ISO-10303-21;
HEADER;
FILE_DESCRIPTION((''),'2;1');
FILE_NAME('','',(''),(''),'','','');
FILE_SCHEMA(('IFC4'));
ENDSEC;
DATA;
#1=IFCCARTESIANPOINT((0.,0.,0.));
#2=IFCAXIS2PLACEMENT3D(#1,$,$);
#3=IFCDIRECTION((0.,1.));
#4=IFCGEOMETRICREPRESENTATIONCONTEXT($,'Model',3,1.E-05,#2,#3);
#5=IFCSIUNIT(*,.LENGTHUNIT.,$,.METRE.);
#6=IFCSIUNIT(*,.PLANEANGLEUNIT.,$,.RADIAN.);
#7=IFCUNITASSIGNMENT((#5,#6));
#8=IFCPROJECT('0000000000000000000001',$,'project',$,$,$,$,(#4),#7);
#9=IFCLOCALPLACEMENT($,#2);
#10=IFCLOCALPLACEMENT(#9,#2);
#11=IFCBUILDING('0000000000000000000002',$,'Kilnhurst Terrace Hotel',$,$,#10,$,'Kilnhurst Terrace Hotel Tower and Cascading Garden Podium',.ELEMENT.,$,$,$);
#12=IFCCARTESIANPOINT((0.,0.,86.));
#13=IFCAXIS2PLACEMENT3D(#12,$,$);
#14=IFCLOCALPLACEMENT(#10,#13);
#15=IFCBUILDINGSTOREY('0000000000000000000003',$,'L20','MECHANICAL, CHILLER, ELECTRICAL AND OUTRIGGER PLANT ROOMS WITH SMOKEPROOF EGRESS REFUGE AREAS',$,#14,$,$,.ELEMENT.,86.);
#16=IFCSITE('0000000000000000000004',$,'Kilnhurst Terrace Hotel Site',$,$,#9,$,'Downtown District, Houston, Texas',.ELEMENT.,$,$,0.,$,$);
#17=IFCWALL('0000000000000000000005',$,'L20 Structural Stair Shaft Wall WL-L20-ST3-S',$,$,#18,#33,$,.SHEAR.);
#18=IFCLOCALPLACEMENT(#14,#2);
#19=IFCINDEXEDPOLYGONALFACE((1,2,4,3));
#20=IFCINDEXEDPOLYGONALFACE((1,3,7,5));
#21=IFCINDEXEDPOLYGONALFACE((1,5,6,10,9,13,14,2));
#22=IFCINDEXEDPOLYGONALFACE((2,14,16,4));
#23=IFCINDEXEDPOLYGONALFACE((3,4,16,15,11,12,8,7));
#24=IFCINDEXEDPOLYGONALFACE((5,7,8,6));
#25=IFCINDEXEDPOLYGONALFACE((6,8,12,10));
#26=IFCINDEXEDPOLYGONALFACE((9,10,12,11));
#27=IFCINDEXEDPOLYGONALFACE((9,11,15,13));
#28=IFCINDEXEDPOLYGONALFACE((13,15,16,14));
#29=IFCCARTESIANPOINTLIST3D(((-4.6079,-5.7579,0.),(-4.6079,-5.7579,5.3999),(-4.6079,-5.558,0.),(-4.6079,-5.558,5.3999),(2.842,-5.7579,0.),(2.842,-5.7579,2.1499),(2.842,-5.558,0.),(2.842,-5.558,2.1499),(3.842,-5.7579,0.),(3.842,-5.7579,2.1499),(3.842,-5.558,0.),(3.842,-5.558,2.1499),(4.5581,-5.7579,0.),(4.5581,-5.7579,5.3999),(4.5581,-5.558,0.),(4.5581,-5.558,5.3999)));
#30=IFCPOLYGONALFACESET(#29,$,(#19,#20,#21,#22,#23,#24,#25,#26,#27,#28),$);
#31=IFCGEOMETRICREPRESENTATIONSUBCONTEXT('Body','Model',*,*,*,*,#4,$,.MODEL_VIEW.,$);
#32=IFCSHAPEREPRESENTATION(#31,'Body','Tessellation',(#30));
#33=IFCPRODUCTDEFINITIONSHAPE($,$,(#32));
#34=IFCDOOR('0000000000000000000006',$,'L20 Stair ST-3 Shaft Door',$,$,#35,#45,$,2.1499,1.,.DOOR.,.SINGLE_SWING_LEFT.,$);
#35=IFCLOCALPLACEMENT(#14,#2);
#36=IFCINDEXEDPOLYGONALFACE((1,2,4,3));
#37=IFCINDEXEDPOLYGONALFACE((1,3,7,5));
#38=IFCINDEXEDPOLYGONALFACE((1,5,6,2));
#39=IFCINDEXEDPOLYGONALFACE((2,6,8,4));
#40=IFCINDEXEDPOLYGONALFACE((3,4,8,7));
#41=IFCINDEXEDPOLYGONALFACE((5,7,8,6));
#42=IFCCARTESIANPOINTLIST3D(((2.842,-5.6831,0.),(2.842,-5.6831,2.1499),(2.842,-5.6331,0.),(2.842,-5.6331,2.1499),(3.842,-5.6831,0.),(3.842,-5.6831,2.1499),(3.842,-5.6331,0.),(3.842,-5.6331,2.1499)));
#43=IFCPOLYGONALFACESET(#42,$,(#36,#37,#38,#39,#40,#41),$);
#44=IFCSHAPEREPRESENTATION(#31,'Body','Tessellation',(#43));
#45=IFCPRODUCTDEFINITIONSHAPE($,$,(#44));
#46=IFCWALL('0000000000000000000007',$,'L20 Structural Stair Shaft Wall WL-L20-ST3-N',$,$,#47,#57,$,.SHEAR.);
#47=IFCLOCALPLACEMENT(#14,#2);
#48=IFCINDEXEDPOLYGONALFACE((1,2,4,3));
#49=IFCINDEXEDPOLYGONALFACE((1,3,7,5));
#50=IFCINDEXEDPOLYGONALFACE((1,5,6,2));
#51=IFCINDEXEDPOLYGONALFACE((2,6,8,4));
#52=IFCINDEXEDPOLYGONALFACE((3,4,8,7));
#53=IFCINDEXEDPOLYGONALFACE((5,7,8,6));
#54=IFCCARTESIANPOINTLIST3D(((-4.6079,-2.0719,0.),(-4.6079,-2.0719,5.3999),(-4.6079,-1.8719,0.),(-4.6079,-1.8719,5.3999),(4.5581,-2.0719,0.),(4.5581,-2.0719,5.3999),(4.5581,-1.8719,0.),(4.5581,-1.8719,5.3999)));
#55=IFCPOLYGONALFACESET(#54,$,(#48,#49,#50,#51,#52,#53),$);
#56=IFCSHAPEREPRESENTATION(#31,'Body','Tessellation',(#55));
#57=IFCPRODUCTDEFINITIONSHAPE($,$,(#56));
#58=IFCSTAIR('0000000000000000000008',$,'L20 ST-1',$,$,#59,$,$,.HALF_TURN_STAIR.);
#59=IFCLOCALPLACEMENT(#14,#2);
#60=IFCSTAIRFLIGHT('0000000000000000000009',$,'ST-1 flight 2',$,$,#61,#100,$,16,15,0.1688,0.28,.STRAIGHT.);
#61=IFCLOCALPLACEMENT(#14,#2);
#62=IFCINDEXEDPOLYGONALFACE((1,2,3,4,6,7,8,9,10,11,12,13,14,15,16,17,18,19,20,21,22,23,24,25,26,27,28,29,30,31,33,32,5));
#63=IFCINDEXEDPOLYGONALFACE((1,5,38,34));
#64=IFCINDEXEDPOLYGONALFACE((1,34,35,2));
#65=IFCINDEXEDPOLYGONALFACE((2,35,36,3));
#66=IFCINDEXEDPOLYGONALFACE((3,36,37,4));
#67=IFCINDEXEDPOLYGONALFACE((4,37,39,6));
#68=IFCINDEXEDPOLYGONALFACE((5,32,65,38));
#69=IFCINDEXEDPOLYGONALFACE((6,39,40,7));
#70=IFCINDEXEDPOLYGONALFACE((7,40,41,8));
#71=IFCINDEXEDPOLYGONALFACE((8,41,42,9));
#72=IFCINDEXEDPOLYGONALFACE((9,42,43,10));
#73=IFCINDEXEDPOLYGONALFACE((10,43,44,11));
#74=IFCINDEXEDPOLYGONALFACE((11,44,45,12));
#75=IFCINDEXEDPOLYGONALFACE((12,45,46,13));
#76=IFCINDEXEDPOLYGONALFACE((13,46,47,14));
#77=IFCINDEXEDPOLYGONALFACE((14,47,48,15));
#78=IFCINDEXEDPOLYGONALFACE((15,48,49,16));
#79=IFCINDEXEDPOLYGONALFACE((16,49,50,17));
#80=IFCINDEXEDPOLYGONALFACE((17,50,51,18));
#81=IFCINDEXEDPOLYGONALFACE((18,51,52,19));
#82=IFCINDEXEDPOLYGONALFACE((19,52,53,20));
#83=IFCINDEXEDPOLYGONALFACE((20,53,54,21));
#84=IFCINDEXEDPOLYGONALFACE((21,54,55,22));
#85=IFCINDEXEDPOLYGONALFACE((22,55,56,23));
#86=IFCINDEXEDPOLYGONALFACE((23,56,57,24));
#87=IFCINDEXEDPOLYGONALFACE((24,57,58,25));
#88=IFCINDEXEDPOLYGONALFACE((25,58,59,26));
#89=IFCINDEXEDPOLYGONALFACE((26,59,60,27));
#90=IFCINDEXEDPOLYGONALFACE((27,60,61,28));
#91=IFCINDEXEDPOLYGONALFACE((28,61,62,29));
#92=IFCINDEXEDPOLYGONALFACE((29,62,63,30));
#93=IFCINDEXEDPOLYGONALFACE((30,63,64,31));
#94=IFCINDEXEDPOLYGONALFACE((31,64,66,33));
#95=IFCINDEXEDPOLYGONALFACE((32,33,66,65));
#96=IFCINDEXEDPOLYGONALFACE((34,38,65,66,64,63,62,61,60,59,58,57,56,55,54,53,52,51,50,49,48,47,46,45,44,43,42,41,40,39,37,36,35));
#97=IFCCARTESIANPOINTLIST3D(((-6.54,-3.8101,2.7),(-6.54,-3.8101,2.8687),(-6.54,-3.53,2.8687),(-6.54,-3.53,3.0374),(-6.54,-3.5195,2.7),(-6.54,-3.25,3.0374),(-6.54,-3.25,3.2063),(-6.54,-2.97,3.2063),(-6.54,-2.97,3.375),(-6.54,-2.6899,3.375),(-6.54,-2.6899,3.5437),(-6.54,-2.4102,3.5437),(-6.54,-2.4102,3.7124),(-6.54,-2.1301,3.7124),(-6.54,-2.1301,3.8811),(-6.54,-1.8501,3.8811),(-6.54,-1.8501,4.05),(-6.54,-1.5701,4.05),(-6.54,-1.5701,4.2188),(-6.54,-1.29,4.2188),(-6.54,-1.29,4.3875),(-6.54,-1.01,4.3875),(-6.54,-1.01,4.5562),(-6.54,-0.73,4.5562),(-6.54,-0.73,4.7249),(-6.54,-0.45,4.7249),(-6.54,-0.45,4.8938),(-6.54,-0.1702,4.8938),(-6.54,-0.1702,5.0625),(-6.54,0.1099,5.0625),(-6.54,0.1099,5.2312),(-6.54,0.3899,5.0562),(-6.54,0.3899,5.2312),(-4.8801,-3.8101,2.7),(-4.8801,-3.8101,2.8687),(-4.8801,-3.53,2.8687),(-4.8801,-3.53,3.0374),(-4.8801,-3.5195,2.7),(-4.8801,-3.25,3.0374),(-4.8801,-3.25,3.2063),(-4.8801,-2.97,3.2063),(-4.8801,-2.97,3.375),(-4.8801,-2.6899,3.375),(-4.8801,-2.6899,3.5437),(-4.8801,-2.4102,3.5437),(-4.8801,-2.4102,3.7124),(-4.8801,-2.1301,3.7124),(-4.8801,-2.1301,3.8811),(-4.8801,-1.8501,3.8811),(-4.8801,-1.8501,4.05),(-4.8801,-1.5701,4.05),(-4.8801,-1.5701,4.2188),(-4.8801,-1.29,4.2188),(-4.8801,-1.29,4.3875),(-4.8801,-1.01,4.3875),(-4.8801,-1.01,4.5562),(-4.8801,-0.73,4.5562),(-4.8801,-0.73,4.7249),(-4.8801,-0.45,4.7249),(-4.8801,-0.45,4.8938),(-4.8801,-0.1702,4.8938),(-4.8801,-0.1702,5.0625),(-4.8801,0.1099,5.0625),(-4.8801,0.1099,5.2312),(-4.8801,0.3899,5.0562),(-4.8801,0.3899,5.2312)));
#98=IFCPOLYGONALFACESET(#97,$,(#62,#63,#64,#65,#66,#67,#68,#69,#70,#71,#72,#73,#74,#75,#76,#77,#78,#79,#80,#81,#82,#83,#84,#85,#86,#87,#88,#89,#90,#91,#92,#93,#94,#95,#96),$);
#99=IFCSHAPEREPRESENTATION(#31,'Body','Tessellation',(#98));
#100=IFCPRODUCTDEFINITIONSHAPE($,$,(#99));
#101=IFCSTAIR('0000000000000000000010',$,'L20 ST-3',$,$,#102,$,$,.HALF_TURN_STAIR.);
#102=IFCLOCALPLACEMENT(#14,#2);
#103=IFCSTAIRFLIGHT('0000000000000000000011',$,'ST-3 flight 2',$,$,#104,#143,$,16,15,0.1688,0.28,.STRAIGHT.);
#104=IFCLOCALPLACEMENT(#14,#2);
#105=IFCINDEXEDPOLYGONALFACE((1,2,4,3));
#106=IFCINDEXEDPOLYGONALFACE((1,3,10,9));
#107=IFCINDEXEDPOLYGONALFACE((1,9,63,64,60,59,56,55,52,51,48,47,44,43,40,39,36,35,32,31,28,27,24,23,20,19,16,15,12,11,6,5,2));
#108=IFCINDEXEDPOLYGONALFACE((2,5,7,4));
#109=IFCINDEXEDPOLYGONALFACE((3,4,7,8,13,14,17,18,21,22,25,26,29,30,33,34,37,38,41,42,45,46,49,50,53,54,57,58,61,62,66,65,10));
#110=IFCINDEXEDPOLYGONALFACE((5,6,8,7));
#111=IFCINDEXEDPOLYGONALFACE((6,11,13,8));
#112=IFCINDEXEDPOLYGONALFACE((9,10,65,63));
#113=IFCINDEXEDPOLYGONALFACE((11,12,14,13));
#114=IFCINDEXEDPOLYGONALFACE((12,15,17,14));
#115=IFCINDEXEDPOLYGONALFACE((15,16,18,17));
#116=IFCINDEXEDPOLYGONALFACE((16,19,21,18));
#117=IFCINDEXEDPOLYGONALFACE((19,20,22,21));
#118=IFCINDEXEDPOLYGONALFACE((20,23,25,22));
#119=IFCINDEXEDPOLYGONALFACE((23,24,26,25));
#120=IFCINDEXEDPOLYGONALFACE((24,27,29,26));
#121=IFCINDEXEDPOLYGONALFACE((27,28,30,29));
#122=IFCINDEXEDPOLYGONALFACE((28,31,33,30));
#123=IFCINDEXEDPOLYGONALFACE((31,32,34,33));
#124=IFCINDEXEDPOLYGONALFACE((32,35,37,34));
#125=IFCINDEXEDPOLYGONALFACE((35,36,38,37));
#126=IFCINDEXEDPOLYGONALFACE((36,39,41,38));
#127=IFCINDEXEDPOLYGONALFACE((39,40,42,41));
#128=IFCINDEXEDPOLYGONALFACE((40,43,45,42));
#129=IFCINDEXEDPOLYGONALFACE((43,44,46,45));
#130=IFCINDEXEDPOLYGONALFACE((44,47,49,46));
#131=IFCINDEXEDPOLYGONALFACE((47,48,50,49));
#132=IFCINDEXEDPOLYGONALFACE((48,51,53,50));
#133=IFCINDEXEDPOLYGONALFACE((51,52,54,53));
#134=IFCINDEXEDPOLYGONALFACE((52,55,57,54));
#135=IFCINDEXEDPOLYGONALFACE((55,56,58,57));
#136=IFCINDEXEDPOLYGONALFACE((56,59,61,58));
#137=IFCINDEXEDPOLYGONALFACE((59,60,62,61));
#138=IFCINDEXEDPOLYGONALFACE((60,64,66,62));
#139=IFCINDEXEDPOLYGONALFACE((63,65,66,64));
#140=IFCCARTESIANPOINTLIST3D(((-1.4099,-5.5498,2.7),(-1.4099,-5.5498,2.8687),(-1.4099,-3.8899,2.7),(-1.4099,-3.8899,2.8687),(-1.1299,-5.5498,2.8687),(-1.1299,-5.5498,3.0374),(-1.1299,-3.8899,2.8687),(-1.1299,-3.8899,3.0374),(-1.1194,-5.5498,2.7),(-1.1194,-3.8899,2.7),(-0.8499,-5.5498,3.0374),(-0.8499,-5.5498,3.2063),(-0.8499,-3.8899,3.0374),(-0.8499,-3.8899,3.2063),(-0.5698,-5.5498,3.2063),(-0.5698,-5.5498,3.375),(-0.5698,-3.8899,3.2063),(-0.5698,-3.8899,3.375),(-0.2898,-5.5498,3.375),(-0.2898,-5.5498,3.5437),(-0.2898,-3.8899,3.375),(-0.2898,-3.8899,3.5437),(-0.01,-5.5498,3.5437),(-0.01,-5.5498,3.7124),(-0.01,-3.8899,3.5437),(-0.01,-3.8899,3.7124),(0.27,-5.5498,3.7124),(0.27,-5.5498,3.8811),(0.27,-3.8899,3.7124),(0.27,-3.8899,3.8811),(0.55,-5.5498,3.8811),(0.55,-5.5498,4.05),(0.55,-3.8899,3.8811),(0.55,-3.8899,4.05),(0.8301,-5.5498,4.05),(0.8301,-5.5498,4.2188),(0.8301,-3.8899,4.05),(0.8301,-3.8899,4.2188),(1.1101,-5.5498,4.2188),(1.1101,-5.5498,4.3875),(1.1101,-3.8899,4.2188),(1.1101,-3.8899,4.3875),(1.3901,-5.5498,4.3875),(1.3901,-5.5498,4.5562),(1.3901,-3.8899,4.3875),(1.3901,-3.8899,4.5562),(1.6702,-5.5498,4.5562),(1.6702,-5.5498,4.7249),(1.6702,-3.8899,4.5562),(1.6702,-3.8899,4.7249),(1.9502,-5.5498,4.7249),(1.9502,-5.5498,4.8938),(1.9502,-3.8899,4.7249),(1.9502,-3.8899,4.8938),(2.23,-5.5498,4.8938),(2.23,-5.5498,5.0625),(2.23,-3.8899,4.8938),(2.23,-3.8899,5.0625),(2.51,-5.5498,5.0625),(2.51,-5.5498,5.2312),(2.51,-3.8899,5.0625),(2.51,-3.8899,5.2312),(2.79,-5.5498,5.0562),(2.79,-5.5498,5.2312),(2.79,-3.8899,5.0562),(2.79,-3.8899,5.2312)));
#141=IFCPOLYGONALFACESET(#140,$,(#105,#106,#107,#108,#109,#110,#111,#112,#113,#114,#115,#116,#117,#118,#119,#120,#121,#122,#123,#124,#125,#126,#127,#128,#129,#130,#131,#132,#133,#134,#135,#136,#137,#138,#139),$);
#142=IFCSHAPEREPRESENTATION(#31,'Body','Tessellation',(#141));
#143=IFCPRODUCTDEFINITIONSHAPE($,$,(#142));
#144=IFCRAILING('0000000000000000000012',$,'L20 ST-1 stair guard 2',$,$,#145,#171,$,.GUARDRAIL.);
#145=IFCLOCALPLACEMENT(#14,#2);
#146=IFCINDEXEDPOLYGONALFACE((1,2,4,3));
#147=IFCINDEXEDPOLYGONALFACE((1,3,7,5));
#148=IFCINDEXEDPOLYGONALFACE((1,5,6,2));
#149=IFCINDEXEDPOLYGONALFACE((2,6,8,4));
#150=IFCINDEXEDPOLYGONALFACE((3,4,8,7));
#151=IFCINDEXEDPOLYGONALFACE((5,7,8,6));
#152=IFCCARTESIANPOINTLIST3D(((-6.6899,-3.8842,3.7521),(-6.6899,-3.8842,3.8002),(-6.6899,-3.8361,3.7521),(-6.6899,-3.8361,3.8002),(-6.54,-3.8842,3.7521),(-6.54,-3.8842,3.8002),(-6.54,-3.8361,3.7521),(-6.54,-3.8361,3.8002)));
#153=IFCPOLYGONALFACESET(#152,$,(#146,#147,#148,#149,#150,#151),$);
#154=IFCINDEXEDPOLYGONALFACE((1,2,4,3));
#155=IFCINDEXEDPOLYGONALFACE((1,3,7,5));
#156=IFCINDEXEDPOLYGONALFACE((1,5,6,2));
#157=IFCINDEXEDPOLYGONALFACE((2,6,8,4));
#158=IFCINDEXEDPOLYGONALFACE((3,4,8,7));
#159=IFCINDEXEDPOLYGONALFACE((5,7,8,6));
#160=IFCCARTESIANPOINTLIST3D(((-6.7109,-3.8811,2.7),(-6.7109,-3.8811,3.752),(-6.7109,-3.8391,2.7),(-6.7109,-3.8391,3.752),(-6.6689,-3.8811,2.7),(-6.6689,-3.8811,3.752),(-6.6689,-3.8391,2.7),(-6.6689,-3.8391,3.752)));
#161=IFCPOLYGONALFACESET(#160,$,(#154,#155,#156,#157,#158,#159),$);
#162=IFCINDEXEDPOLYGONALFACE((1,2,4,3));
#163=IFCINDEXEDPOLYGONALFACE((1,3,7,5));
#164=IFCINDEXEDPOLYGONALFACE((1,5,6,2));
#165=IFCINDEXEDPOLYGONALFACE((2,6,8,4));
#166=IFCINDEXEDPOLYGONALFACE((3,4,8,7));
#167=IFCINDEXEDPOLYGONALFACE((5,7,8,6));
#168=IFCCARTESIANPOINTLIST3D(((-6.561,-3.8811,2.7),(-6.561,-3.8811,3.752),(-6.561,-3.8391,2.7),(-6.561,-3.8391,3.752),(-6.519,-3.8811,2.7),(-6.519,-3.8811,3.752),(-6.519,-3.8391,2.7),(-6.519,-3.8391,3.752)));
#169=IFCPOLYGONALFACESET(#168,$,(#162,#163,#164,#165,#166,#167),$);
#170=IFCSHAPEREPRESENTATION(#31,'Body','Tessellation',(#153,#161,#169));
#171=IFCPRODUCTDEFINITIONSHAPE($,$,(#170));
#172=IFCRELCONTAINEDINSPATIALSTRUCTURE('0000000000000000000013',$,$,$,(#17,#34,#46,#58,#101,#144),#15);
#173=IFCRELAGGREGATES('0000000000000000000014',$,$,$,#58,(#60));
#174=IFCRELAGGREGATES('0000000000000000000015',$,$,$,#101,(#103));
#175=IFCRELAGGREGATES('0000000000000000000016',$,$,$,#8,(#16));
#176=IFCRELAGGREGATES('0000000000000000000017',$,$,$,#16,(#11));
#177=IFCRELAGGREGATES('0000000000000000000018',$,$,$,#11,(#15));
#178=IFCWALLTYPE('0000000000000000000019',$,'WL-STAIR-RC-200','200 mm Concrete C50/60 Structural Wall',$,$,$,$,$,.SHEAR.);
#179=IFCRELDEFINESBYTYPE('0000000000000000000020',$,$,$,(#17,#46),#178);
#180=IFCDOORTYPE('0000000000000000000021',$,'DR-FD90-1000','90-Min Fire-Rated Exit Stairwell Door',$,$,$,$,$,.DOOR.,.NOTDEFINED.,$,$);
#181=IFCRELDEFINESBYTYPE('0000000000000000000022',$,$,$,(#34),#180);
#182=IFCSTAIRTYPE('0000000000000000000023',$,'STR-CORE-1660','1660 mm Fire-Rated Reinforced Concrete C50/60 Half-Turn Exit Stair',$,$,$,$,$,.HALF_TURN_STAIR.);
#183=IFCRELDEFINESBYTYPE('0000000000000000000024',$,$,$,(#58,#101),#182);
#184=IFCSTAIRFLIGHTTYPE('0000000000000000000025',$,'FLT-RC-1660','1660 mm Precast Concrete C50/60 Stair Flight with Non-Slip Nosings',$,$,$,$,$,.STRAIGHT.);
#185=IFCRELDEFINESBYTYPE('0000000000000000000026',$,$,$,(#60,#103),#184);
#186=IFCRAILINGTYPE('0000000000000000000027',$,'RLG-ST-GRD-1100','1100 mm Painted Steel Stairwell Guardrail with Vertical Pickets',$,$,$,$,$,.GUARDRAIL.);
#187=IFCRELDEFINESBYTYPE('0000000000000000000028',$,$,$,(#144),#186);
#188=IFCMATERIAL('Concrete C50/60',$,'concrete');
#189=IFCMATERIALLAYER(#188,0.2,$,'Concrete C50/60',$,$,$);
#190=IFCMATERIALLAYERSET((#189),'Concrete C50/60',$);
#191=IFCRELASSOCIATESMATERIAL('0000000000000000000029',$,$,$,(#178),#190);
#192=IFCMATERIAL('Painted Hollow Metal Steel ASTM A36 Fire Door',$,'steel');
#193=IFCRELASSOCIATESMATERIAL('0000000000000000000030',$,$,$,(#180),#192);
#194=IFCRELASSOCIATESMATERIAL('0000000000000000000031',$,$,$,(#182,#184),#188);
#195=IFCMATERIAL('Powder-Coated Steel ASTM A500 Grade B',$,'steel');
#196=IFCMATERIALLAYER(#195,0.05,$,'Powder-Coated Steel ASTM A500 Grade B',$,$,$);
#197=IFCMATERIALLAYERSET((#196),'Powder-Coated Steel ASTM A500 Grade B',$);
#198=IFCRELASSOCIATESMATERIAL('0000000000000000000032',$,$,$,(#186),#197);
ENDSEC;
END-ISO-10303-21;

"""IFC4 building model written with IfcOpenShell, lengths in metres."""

from ifc_helpers import new_model, si_unit, direction, frame, frame_2d, origin, origin_2d, place, context, subcontext, project, spatial, polyline, rectangle, outline, extrude, material, layer, layer_set, type_object, element, fill, aggregate, save


model = new_model("IFC4")

# Units and contexts
model_context = context("Model", 3, precision=1e-05, world=origin(), true_north=direction((0.0, 1.0)))
body_context = subcontext(model_context, "Body", "Model", "MODEL_VIEW")
ifc_project = project(units=[si_unit("LENGTHUNIT", "METRE"), si_unit("PLANEANGLEUNIT", "RADIAN")], contexts=[model_context])

# Site, building, storey
site_placement = place(None, origin())
site = spatial("IfcSite", under=ifc_project, at=site_placement, Name="Kilnhurst Terrace Hotel Site", LongName="Downtown District, Houston, Texas", CompositionType="ELEMENT", RefElevation=0.0)
building_placement = place(site_placement, origin())
building = spatial("IfcBuilding", under=site, at=building_placement, Name="Kilnhurst Terrace Hotel", LongName="Kilnhurst Terrace Hotel Tower and Cascading Garden Podium", CompositionType="ELEMENT")
storey_placement = place(building_placement, frame((0.0, 0.0, 86.0)))
storey = spatial("IfcBuildingStorey", under=building, at=storey_placement, Name="L20", Description="MECHANICAL, CHILLER, ELECTRICAL AND OUTRIGGER PLANT ROOMS WITH SMOKEPROOF EGRESS REFUGE AREAS", CompositionType="ELEMENT", Elevation=86.0)

# Shared definitions
ifc_material_1 = material(Name="Concrete C50/60", Category="concrete")

# Shared definitions
ifc_material_2 = material(Name="Painted Hollow Metal Steel ASTM A36 Fire Door", Category="steel")

# Shared definitions
ifc_layer_1 = layer(ifc_material_1, 0.2, Name="Concrete C50/60")
ifc_layer_set_1 = layer_set([ifc_layer_1], Name="Concrete C50/60")
wall_type_1 = type_object("IfcWallType", Name="WL-STAIR-RC-200", Description="200 mm Concrete C50/60 Structural Wall", PredefinedType="SHEAR", material=ifc_layer_set_1)

# Wall, opening, door
wall_1_placement = place(storey_placement, frame((-4.6079, -5.658, 0.0), z_axis=(0.0, 0.0, 1.0), x_axis=(1.0, 0.0, 0.0)))
wall_1 = element("IfcWall", 1, at=wall_1_placement, inside=storey, type_object=wall_type_1, Name="L20 Structural Stair Shaft Wall WL-L20-ST3-S", PredefinedType="SHEAR", context=body_context, shape_type="SweptSolid", body=[
    extrude(rectangle(XDim=9.166, YDim=0.2, at=frame_2d((4.583, 0.0))), origin(), (0.0, 0.0, 1.0), 5.3999),
])
opening_1_placement = place(wall_1_placement, frame((7.45, 0.0, 0.0)))
opening_1 = element("IfcOpeningElement", 2, at=opening_1_placement, cuts=wall_1, PredefinedType="OPENING", context=body_context, shape_type="SweptSolid", body=[
    extrude(rectangle(XDim=1.0, YDim=2.1499, at=frame_2d((0.5, 1.075))), frame((0.0, 0.1099, 0.0), z_axis=(0.0, -1.0, 0.0), x_axis=(1.0, 0.0, 0.0)), (0.0, 0.0, 1.0), 0.22),
])
door_type_1 = type_object("IfcDoorType", Name="DR-FD90-1000", Description="90-Min Fire-Rated Exit Stairwell Door", OperationType="NOTDEFINED", PredefinedType="DOOR", material=ifc_material_2)
door_1_placement = place(opening_1_placement, origin())
door_1 = element("IfcDoor", 3, at=door_1_placement, inside=storey, type_object=door_type_1, Name="L20 Stair ST-3 Shaft Door", OperationType="SINGLE_SWING_LEFT", OverallHeight=2.1499, OverallWidth=1.0, PredefinedType="DOOR", context=body_context, shape_type="SweptSolid", body=[
    extrude(rectangle(XDim=1.0, YDim=2.1499, at=frame_2d((0.5, 1.075))), frame((0.0, 0.0249, 0.0), z_axis=(0.0, -1.0, 0.0), x_axis=(1.0, 0.0, 0.0)), (0.0, 0.0, 1.0), 0.05),
])
fill(opening_1, door_1)

# Wall
wall_2_placement = place(storey_placement, frame((-4.6079, -1.9719, 0.0), z_axis=(0.0, 0.0, 1.0), x_axis=(1.0, 0.0, 0.0)))
element("IfcWall", 4, at=wall_2_placement, inside=storey, type_object=wall_type_1, Name="L20 Structural Stair Shaft Wall WL-L20-ST3-N", PredefinedType="SHEAR", context=body_context, shape_type="SweptSolid", body=[
    extrude(rectangle(XDim=9.166, YDim=0.2, at=frame_2d((4.583, 0.0))), origin(), (0.0, 0.0, 1.0), 5.3999),
])

# Stairs, stair flights
stair_type = type_object("IfcStairType", Name="STR-CORE-1660", Description="1660 mm Fire-Rated Reinforced Concrete C50/60 Half-Turn Exit Stair", PredefinedType="HALF_TURN_STAIR", material=ifc_material_1)
stair_1_placement = place(storey_placement, origin())
stair_1 = element("IfcStair", 5, at=stair_1_placement, inside=storey, type_object=stair_type, Name="L20 ST-1", PredefinedType="HALF_TURN_STAIR")
stair_flight_type = type_object("IfcStairFlightType", Name="FLT-RC-1660", Description="1660 mm Precast Concrete C50/60 Stair Flight with Non-Slip Nosings", PredefinedType="STRAIGHT", material=ifc_material_1)
stair_flight_1_placement = place(storey_placement, frame((-5.71, -3.8101, 2.7), z_axis=(0.0, 0.0, 1.0), x_axis=(0.0, 1.0, 0.0)))
stair_flight_1 = element("IfcStairFlight", 6, at=stair_flight_1_placement, type_object=stair_flight_type, Name="ST-1 flight 2", NumberOfRisers=16, NumberOfTreads=15, PredefinedType="STRAIGHT", RiserHeight=0.1688, TreadLength=0.28, context=body_context, shape_type="SweptSolid", body=[
    extrude(outline(polyline([(0.0, 0.0), (0.0, 0.1687), (0.28, 0.1687), (0.28, 0.3374), (0.5601, 0.3374), (0.5601, 0.5063), (0.8401, 0.5063), (0.8401, 0.675), (1.1201, 0.675), (1.1201, 0.8438), (1.3999, 0.8438), (1.3999, 1.0125), (1.6799, 1.0125), (1.6799, 1.1812), (1.96, 1.1812), (1.96, 1.3501), (2.24, 1.3501), (2.24, 1.5188), (2.52, 1.5188), (2.52, 1.6875), (2.8, 1.6875), (2.8, 1.8562), (3.0801, 1.8562), (3.0801, 2.0249), (3.3601, 2.0249), (3.3601, 2.1938), (3.6399, 2.1938), (3.6399, 2.3625), (3.9199, 2.3625), (3.9199, 2.5312), (4.2, 2.5312), (4.2, 2.7), (4.2, 2.3562), (0.2905, 0.0), (0.0, 0.0)])), frame((0.0, 0.8301, 0.0), z_axis=(0.0, -1.0, 0.0), x_axis=(1.0, 0.0, 0.0)), (0.0, 0.0, 1.0), 1.6599),
])
aggregate(stair_1, [stair_flight_1])
stair_2_placement = place(storey_placement, origin())
stair_2 = element("IfcStair", 7, at=stair_2_placement, inside=storey, type_object=stair_type, Name="L20 ST-3", PredefinedType="HALF_TURN_STAIR")
stair_flight_2_placement = place(storey_placement, frame((-1.4099, -4.72, 2.7), z_axis=(0.0, 0.0, 1.0), x_axis=(1.0, 0.0, 0.0)))
stair_flight_2 = element("IfcStairFlight", 8, at=stair_flight_2_placement, type_object=stair_flight_type, Name="ST-3 flight 2", NumberOfRisers=16, NumberOfTreads=15, PredefinedType="STRAIGHT", RiserHeight=0.1688, TreadLength=0.28, context=body_context, shape_type="SweptSolid", body=[
    extrude(outline(polyline([(0.0, 0.0), (0.0, 0.1687), (0.28, 0.1687), (0.28, 0.3374), (0.5601, 0.3374), (0.5601, 0.5063), (0.8401, 0.5063), (0.8401, 0.675), (1.1201, 0.675), (1.1201, 0.8438), (1.3999, 0.8438), (1.3999, 1.0125), (1.6799, 1.0125), (1.6799, 1.1812), (1.96, 1.1812), (1.96, 1.3501), (2.24, 1.3501), (2.24, 1.5188), (2.52, 1.5188), (2.52, 1.6875), (2.8, 1.6875), (2.8, 1.8562), (3.0801, 1.8562), (3.0801, 2.0249), (3.3601, 2.0249), (3.3601, 2.1938), (3.6399, 2.1938), (3.6399, 2.3625), (3.9199, 2.3625), (3.9199, 2.5312), (4.2, 2.5312), (4.2, 2.7), (4.2, 2.3562), (0.2905, 0.0), (0.0, 0.0)])), frame((0.0, 0.8301, 0.0), z_axis=(0.0, -1.0, 0.0), x_axis=(1.0, 0.0, 0.0)), (0.0, 0.0, 1.0), 1.6599),
])
aggregate(stair_2, [stair_flight_2])

# Railing
ifc_material_3 = material(Name="Powder-Coated Steel ASTM A500 Grade B", Category="steel")
ifc_layer_2 = layer(ifc_material_3, 0.05, Name="Powder-Coated Steel ASTM A500 Grade B")
ifc_layer_set_2 = layer_set([ifc_layer_2], Name="Powder-Coated Steel ASTM A500 Grade B")
railing_type_1 = type_object("IfcRailingType", Name="RLG-ST-GRD-1100", Description="1100 mm Painted Steel Stairwell Guardrail with Vertical Pickets", PredefinedType="GUARDRAIL", material=ifc_layer_set_2)
railing_1_placement = place(storey_placement, frame((-6.6899, -3.8601, 2.7)))
element("IfcRailing", 9, at=railing_1_placement, inside=storey, type_object=railing_type_1, Name="L20 ST-1 stair guard 2", PredefinedType="GUARDRAIL", context=body_context, shape_type="SweptSolid", body=[
    extrude(rectangle(XDim=0.0481, YDim=0.0481, at=origin_2d()), frame((0.0, 0.0, 1.0762), z_axis=(1.0, 0.0, 0.0), x_axis=(0.0, 1.0, 0.0)), (0.0, 0.0, 1.0), 0.1499),
    extrude(rectangle(XDim=0.042, YDim=0.042, at=origin_2d()), origin(), (0.0, 0.0, 1.0), 1.052),
    extrude(rectangle(XDim=0.042, YDim=0.042, at=origin_2d()), frame((0.1499, 0.0, 0.0)), (0.0, 0.0, 1.0), 1.052),
])

save(model, "model.ifc")
